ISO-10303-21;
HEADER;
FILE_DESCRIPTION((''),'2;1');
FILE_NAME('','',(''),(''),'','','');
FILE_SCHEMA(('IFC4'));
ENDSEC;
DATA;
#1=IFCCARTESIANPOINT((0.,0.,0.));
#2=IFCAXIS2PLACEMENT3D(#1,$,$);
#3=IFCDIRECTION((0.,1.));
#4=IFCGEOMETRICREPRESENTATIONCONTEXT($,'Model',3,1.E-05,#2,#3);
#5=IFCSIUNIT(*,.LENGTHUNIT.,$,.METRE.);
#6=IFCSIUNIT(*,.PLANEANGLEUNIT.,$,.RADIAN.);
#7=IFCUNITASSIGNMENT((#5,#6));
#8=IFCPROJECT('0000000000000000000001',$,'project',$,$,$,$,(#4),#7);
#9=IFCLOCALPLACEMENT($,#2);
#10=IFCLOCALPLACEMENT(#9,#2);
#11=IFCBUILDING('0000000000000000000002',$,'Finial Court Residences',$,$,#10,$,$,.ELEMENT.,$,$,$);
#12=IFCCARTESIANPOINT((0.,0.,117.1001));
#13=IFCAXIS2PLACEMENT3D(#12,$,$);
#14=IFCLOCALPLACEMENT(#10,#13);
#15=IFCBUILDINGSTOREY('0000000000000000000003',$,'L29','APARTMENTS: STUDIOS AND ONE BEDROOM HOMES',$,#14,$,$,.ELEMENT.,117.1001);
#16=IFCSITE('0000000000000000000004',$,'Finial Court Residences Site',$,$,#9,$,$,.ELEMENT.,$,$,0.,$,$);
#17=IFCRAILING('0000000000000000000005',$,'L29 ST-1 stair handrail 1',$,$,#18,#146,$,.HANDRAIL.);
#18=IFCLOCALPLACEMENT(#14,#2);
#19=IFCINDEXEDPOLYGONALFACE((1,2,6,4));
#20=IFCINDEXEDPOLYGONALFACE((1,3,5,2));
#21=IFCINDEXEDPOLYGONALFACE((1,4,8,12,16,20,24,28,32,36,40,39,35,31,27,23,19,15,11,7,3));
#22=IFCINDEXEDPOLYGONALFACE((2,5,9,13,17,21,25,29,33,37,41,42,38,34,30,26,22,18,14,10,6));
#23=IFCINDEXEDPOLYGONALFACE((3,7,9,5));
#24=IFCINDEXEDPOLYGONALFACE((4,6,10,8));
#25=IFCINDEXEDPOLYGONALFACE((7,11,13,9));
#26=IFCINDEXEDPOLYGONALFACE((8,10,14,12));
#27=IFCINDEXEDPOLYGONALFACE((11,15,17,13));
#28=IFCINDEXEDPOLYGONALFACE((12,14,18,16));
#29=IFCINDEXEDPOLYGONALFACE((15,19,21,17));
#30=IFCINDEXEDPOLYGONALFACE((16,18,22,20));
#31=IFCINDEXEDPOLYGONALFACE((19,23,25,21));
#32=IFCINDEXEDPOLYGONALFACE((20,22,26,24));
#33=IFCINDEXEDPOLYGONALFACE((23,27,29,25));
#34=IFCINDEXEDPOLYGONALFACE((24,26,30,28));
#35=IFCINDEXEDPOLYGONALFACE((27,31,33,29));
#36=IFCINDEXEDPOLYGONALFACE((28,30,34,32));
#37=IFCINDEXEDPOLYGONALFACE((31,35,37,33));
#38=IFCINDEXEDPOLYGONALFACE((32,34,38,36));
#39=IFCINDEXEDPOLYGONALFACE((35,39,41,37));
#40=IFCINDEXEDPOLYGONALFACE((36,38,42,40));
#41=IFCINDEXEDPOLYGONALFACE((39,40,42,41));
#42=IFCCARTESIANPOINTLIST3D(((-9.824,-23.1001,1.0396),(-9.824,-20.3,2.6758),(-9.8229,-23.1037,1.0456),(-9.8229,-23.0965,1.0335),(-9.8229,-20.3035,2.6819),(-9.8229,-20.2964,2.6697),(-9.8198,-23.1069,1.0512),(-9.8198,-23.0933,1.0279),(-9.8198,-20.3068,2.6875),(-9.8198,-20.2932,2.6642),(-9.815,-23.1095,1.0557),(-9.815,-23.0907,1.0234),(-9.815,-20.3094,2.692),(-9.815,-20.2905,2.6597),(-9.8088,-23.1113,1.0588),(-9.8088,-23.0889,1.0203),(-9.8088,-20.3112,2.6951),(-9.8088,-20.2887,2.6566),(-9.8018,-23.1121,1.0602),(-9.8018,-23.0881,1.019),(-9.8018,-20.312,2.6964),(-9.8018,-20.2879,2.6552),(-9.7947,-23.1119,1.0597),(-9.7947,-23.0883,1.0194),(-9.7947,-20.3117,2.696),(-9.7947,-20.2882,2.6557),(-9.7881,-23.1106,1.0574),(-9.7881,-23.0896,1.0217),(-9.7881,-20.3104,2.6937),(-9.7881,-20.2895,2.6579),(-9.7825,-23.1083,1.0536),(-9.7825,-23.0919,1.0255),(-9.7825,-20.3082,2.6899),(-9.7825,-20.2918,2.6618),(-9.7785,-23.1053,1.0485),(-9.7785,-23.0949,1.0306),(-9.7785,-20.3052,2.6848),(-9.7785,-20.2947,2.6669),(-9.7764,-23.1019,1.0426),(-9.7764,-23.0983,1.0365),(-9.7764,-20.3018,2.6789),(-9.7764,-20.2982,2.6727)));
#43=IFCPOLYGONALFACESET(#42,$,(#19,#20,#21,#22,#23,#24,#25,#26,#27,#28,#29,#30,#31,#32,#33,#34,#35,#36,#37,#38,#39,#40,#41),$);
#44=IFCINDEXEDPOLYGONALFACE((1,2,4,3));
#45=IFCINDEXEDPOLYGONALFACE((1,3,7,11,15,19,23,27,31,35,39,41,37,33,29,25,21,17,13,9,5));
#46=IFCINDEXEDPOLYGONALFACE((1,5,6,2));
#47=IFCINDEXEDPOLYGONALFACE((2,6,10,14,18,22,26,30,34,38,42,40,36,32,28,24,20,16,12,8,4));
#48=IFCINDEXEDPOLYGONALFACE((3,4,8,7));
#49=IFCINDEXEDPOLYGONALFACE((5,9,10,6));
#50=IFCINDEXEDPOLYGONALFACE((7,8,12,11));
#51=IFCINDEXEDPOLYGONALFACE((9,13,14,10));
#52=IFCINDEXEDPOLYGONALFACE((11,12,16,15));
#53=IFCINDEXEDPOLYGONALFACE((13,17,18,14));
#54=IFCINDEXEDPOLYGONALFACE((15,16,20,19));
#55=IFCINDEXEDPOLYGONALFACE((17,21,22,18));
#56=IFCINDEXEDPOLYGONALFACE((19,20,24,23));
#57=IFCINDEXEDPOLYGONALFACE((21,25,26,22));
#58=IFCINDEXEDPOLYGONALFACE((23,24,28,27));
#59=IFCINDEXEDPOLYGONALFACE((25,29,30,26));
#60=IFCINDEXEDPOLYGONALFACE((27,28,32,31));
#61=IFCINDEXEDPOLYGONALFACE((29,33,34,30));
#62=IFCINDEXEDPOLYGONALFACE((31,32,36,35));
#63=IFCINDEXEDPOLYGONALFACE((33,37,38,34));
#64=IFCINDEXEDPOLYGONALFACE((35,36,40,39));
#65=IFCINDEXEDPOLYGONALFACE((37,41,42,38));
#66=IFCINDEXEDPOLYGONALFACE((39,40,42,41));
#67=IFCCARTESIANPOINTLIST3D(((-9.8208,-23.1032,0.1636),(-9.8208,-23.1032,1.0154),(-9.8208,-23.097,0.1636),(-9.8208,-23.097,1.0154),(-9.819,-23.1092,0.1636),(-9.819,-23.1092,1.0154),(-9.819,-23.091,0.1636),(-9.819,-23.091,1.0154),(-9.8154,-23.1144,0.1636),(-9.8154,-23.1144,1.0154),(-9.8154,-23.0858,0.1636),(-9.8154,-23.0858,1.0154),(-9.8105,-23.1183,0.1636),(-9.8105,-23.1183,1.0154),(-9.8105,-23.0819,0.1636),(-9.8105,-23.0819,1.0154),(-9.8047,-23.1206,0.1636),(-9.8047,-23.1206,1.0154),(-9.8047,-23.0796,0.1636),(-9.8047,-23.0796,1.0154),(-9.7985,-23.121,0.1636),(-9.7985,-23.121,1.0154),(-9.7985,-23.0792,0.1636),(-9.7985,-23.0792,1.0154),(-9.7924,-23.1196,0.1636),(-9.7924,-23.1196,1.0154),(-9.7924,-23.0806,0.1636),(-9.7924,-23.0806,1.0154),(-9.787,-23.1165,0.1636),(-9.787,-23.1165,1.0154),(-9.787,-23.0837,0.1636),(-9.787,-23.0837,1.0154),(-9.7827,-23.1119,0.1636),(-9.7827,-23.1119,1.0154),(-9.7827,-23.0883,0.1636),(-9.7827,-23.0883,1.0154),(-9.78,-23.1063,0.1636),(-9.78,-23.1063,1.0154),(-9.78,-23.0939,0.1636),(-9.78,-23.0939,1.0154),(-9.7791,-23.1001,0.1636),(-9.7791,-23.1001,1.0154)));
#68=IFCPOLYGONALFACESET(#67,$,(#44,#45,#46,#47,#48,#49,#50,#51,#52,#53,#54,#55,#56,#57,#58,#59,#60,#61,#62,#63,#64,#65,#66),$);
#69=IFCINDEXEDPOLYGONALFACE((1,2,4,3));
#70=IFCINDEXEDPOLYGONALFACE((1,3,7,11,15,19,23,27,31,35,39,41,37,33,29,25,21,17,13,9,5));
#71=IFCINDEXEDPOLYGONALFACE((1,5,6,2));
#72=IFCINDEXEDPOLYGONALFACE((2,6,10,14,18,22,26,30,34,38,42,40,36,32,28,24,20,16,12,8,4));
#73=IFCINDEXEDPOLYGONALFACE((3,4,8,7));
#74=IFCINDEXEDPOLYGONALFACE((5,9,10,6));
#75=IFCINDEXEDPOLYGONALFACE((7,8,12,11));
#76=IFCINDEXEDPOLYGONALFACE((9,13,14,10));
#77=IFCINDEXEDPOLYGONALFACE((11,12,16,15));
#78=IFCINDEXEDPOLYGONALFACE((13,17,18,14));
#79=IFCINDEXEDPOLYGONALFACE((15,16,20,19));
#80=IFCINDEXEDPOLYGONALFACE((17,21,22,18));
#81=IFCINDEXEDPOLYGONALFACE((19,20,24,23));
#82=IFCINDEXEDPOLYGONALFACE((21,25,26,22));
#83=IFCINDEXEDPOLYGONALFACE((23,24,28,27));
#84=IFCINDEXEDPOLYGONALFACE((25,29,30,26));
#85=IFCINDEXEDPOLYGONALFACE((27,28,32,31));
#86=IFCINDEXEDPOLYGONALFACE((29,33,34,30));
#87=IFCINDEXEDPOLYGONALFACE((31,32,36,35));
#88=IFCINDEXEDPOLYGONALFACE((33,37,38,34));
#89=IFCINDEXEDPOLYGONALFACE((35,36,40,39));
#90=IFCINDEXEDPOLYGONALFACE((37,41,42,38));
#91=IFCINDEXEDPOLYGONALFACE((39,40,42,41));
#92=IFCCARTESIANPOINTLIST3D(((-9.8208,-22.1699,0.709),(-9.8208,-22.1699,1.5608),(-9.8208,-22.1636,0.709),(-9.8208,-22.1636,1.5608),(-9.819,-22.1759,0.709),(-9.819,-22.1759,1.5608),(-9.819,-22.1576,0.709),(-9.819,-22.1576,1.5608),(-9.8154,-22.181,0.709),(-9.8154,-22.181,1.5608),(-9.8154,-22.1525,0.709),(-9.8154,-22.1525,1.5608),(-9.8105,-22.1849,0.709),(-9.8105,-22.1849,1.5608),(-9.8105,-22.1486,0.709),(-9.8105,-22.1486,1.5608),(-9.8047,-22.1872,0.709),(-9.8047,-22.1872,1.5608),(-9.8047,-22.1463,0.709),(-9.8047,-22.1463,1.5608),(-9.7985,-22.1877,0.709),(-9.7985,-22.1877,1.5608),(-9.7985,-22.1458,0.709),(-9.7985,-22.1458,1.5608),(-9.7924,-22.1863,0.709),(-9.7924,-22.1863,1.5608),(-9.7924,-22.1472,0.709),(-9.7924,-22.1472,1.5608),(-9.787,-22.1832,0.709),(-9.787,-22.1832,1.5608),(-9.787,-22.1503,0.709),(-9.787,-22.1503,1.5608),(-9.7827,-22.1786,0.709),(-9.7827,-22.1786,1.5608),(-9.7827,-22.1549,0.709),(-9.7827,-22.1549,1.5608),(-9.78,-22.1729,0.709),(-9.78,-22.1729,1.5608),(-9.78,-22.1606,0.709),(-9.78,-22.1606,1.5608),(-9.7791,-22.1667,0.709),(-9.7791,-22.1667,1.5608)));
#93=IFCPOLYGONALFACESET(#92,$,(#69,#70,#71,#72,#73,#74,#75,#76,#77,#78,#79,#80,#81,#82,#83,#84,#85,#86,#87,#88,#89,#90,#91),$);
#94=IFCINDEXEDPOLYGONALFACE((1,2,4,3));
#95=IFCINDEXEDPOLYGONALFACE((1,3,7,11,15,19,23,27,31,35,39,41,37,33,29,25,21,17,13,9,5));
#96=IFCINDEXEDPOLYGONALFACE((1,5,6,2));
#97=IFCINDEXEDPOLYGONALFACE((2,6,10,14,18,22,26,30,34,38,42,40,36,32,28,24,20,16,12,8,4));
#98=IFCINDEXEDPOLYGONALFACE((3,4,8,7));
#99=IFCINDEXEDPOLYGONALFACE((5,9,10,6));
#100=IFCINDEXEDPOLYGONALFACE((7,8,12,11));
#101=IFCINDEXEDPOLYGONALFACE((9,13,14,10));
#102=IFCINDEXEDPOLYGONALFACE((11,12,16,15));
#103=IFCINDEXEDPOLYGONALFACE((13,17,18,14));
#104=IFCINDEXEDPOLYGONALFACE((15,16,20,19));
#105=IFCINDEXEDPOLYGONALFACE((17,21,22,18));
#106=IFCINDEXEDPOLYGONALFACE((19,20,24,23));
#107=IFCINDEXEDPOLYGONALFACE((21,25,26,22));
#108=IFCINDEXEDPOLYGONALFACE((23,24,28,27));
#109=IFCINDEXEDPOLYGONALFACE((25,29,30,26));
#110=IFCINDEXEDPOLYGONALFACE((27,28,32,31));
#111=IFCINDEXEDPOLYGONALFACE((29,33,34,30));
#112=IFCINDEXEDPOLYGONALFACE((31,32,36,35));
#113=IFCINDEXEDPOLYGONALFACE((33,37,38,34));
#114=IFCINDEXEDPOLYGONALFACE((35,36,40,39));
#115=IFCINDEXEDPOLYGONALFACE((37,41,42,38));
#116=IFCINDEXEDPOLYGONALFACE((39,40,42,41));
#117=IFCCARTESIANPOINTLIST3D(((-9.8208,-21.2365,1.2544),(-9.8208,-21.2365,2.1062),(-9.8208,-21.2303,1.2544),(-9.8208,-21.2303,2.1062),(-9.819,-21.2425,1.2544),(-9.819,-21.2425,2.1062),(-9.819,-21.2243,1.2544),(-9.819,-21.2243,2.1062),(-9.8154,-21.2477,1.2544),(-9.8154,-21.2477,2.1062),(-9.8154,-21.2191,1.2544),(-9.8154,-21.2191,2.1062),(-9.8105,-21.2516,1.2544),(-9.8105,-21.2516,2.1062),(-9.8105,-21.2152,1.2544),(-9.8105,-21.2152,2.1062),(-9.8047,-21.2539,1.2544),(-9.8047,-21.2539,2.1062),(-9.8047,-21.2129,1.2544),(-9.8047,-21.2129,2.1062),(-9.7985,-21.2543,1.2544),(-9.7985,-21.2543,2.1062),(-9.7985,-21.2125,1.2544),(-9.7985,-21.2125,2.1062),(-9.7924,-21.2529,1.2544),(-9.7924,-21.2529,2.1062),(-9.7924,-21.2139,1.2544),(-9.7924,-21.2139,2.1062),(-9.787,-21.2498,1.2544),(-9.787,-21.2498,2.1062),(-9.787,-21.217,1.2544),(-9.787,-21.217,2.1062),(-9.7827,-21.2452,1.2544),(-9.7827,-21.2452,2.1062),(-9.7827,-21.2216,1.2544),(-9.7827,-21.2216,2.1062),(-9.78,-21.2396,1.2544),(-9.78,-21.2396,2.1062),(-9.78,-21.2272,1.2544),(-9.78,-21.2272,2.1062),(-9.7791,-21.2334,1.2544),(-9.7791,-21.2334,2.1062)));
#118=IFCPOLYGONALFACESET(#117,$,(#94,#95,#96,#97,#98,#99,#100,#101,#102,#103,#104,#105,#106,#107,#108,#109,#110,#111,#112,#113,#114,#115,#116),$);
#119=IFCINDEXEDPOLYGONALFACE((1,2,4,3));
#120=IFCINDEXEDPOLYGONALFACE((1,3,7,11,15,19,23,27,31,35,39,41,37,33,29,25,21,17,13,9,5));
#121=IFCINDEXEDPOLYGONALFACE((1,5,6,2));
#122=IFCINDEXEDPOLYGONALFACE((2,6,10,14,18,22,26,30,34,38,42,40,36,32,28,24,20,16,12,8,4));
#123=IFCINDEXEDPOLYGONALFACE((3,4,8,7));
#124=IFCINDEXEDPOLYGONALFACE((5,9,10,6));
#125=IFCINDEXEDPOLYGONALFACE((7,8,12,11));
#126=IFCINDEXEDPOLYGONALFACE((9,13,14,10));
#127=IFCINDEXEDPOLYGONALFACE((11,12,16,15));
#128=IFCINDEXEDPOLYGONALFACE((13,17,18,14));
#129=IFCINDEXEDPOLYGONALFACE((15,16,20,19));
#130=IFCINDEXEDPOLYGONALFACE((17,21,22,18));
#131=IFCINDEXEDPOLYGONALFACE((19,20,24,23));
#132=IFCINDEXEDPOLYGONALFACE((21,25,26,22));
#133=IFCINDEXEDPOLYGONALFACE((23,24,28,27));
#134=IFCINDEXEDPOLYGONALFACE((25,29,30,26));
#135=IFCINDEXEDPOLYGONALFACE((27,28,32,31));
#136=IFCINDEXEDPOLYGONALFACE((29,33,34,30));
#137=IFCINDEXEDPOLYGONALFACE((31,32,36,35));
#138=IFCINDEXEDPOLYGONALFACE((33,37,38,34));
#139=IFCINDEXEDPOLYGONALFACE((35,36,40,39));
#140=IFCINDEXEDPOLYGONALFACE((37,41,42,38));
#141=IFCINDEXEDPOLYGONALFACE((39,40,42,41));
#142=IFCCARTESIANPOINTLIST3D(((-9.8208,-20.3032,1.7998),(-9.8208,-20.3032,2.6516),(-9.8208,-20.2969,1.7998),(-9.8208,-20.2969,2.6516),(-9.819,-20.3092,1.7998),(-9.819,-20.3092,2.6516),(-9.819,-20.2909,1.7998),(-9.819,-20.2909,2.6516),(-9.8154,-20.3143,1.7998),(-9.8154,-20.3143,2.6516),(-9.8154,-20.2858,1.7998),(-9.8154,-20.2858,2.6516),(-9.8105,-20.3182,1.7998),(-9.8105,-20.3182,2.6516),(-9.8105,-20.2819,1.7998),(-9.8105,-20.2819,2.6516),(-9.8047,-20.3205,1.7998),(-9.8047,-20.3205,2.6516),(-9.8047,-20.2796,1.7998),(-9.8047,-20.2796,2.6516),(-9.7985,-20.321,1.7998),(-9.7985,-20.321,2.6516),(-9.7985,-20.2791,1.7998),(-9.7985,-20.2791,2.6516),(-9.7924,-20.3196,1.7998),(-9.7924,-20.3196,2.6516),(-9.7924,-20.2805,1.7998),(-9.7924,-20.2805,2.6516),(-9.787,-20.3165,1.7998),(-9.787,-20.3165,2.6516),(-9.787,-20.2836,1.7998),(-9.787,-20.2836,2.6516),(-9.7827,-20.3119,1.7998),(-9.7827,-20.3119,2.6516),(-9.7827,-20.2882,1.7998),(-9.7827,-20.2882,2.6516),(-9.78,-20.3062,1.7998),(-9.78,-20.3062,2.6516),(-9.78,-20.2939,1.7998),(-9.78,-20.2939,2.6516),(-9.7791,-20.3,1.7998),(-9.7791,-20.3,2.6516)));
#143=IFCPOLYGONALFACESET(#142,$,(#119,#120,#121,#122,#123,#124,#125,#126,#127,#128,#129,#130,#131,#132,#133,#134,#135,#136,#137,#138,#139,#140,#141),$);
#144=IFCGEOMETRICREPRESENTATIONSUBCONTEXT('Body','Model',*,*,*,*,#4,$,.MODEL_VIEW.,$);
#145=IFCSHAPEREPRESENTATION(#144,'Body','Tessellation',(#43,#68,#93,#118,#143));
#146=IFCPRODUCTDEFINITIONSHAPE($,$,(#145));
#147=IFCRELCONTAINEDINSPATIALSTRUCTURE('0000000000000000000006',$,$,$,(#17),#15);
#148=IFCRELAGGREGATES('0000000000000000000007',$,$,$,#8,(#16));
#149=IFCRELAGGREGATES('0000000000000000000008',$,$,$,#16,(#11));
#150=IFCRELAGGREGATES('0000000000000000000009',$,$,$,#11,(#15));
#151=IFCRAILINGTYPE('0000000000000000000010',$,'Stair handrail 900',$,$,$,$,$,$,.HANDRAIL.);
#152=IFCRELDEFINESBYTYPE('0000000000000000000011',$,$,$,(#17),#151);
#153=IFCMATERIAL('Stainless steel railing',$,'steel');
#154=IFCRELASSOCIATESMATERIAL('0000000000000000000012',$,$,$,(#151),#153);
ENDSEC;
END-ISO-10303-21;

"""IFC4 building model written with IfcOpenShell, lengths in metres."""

from ifc_helpers import new_model, si_unit, direction, frame, origin, origin_2d, place, context, subcontext, project, spatial, circle, extrude, material, type_object, element, save


model = new_model("IFC4")

# Units and contexts
model_context = context("Model", 3, precision=1e-05, world=origin(), true_north=direction((0.0, 1.0)))
body_context = subcontext(model_context, "Body", "Model", "MODEL_VIEW")
ifc_project = project(units=[si_unit("LENGTHUNIT", "METRE"), si_unit("PLANEANGLEUNIT", "RADIAN")], contexts=[model_context])

# Site, building, storey
site_placement = place(None, origin())
site = spatial("IfcSite", under=ifc_project, at=site_placement, Name="Finial Court Residences Site", CompositionType="ELEMENT", RefElevation=0.0)
building_placement = place(site_placement, origin())
building = spatial("IfcBuilding", under=site, at=building_placement, Name="Finial Court Residences", CompositionType="ELEMENT")
storey_placement = place(building_placement, frame((0.0, 0.0, 117.1001)))
storey = spatial("IfcBuildingStorey", under=building, at=storey_placement, Name="L29", Description="APARTMENTS: STUDIOS AND ONE BEDROOM HOMES", CompositionType="ELEMENT", Elevation=117.1001)

# Railing
ifc_material_1 = material(Name="Stainless steel railing", Category="steel")
railing_type_1 = type_object("IfcRailingType", Name="Stair handrail 900", PredefinedType="HANDRAIL", material=ifc_material_1)
railing_1_placement = place(storey_placement, frame((-9.8, -23.1001, 0.1636)))
element("IfcRailing", 1, at=railing_1_placement, inside=storey, type_object=railing_type_1, Name="L29 ST-1 stair handrail 1", PredefinedType="HANDRAIL", context=body_context, shape_type="SweptSolid", body=[
    extrude(circle(Radius=0.0239, at=origin_2d()), frame((0.0, 0.0, 0.876), z_axis=(0.0, 0.863394, 0.504531), x_axis=(-1.0, 0.0, 0.0)), (0.0, 0.0, 1.0), 3.2432),
    extrude(circle(Radius=0.021, at=origin_2d()), origin(), (0.0, 0.0, 1.0), 0.8518),
    extrude(circle(Radius=0.021, at=origin_2d()), frame((0.0, 0.9333, 0.5454)), (0.0, 0.0, 1.0), 0.8518),
    extrude(circle(Radius=0.021, at=origin_2d()), frame((0.0, 1.8667, 1.0908)), (0.0, 0.0, 1.0), 0.8518),
    extrude(circle(Radius=0.021, at=origin_2d()), frame((0.0, 2.8, 1.6362)), (0.0, 0.0, 1.0), 0.8518),
])

save(model, "model.ifc")
